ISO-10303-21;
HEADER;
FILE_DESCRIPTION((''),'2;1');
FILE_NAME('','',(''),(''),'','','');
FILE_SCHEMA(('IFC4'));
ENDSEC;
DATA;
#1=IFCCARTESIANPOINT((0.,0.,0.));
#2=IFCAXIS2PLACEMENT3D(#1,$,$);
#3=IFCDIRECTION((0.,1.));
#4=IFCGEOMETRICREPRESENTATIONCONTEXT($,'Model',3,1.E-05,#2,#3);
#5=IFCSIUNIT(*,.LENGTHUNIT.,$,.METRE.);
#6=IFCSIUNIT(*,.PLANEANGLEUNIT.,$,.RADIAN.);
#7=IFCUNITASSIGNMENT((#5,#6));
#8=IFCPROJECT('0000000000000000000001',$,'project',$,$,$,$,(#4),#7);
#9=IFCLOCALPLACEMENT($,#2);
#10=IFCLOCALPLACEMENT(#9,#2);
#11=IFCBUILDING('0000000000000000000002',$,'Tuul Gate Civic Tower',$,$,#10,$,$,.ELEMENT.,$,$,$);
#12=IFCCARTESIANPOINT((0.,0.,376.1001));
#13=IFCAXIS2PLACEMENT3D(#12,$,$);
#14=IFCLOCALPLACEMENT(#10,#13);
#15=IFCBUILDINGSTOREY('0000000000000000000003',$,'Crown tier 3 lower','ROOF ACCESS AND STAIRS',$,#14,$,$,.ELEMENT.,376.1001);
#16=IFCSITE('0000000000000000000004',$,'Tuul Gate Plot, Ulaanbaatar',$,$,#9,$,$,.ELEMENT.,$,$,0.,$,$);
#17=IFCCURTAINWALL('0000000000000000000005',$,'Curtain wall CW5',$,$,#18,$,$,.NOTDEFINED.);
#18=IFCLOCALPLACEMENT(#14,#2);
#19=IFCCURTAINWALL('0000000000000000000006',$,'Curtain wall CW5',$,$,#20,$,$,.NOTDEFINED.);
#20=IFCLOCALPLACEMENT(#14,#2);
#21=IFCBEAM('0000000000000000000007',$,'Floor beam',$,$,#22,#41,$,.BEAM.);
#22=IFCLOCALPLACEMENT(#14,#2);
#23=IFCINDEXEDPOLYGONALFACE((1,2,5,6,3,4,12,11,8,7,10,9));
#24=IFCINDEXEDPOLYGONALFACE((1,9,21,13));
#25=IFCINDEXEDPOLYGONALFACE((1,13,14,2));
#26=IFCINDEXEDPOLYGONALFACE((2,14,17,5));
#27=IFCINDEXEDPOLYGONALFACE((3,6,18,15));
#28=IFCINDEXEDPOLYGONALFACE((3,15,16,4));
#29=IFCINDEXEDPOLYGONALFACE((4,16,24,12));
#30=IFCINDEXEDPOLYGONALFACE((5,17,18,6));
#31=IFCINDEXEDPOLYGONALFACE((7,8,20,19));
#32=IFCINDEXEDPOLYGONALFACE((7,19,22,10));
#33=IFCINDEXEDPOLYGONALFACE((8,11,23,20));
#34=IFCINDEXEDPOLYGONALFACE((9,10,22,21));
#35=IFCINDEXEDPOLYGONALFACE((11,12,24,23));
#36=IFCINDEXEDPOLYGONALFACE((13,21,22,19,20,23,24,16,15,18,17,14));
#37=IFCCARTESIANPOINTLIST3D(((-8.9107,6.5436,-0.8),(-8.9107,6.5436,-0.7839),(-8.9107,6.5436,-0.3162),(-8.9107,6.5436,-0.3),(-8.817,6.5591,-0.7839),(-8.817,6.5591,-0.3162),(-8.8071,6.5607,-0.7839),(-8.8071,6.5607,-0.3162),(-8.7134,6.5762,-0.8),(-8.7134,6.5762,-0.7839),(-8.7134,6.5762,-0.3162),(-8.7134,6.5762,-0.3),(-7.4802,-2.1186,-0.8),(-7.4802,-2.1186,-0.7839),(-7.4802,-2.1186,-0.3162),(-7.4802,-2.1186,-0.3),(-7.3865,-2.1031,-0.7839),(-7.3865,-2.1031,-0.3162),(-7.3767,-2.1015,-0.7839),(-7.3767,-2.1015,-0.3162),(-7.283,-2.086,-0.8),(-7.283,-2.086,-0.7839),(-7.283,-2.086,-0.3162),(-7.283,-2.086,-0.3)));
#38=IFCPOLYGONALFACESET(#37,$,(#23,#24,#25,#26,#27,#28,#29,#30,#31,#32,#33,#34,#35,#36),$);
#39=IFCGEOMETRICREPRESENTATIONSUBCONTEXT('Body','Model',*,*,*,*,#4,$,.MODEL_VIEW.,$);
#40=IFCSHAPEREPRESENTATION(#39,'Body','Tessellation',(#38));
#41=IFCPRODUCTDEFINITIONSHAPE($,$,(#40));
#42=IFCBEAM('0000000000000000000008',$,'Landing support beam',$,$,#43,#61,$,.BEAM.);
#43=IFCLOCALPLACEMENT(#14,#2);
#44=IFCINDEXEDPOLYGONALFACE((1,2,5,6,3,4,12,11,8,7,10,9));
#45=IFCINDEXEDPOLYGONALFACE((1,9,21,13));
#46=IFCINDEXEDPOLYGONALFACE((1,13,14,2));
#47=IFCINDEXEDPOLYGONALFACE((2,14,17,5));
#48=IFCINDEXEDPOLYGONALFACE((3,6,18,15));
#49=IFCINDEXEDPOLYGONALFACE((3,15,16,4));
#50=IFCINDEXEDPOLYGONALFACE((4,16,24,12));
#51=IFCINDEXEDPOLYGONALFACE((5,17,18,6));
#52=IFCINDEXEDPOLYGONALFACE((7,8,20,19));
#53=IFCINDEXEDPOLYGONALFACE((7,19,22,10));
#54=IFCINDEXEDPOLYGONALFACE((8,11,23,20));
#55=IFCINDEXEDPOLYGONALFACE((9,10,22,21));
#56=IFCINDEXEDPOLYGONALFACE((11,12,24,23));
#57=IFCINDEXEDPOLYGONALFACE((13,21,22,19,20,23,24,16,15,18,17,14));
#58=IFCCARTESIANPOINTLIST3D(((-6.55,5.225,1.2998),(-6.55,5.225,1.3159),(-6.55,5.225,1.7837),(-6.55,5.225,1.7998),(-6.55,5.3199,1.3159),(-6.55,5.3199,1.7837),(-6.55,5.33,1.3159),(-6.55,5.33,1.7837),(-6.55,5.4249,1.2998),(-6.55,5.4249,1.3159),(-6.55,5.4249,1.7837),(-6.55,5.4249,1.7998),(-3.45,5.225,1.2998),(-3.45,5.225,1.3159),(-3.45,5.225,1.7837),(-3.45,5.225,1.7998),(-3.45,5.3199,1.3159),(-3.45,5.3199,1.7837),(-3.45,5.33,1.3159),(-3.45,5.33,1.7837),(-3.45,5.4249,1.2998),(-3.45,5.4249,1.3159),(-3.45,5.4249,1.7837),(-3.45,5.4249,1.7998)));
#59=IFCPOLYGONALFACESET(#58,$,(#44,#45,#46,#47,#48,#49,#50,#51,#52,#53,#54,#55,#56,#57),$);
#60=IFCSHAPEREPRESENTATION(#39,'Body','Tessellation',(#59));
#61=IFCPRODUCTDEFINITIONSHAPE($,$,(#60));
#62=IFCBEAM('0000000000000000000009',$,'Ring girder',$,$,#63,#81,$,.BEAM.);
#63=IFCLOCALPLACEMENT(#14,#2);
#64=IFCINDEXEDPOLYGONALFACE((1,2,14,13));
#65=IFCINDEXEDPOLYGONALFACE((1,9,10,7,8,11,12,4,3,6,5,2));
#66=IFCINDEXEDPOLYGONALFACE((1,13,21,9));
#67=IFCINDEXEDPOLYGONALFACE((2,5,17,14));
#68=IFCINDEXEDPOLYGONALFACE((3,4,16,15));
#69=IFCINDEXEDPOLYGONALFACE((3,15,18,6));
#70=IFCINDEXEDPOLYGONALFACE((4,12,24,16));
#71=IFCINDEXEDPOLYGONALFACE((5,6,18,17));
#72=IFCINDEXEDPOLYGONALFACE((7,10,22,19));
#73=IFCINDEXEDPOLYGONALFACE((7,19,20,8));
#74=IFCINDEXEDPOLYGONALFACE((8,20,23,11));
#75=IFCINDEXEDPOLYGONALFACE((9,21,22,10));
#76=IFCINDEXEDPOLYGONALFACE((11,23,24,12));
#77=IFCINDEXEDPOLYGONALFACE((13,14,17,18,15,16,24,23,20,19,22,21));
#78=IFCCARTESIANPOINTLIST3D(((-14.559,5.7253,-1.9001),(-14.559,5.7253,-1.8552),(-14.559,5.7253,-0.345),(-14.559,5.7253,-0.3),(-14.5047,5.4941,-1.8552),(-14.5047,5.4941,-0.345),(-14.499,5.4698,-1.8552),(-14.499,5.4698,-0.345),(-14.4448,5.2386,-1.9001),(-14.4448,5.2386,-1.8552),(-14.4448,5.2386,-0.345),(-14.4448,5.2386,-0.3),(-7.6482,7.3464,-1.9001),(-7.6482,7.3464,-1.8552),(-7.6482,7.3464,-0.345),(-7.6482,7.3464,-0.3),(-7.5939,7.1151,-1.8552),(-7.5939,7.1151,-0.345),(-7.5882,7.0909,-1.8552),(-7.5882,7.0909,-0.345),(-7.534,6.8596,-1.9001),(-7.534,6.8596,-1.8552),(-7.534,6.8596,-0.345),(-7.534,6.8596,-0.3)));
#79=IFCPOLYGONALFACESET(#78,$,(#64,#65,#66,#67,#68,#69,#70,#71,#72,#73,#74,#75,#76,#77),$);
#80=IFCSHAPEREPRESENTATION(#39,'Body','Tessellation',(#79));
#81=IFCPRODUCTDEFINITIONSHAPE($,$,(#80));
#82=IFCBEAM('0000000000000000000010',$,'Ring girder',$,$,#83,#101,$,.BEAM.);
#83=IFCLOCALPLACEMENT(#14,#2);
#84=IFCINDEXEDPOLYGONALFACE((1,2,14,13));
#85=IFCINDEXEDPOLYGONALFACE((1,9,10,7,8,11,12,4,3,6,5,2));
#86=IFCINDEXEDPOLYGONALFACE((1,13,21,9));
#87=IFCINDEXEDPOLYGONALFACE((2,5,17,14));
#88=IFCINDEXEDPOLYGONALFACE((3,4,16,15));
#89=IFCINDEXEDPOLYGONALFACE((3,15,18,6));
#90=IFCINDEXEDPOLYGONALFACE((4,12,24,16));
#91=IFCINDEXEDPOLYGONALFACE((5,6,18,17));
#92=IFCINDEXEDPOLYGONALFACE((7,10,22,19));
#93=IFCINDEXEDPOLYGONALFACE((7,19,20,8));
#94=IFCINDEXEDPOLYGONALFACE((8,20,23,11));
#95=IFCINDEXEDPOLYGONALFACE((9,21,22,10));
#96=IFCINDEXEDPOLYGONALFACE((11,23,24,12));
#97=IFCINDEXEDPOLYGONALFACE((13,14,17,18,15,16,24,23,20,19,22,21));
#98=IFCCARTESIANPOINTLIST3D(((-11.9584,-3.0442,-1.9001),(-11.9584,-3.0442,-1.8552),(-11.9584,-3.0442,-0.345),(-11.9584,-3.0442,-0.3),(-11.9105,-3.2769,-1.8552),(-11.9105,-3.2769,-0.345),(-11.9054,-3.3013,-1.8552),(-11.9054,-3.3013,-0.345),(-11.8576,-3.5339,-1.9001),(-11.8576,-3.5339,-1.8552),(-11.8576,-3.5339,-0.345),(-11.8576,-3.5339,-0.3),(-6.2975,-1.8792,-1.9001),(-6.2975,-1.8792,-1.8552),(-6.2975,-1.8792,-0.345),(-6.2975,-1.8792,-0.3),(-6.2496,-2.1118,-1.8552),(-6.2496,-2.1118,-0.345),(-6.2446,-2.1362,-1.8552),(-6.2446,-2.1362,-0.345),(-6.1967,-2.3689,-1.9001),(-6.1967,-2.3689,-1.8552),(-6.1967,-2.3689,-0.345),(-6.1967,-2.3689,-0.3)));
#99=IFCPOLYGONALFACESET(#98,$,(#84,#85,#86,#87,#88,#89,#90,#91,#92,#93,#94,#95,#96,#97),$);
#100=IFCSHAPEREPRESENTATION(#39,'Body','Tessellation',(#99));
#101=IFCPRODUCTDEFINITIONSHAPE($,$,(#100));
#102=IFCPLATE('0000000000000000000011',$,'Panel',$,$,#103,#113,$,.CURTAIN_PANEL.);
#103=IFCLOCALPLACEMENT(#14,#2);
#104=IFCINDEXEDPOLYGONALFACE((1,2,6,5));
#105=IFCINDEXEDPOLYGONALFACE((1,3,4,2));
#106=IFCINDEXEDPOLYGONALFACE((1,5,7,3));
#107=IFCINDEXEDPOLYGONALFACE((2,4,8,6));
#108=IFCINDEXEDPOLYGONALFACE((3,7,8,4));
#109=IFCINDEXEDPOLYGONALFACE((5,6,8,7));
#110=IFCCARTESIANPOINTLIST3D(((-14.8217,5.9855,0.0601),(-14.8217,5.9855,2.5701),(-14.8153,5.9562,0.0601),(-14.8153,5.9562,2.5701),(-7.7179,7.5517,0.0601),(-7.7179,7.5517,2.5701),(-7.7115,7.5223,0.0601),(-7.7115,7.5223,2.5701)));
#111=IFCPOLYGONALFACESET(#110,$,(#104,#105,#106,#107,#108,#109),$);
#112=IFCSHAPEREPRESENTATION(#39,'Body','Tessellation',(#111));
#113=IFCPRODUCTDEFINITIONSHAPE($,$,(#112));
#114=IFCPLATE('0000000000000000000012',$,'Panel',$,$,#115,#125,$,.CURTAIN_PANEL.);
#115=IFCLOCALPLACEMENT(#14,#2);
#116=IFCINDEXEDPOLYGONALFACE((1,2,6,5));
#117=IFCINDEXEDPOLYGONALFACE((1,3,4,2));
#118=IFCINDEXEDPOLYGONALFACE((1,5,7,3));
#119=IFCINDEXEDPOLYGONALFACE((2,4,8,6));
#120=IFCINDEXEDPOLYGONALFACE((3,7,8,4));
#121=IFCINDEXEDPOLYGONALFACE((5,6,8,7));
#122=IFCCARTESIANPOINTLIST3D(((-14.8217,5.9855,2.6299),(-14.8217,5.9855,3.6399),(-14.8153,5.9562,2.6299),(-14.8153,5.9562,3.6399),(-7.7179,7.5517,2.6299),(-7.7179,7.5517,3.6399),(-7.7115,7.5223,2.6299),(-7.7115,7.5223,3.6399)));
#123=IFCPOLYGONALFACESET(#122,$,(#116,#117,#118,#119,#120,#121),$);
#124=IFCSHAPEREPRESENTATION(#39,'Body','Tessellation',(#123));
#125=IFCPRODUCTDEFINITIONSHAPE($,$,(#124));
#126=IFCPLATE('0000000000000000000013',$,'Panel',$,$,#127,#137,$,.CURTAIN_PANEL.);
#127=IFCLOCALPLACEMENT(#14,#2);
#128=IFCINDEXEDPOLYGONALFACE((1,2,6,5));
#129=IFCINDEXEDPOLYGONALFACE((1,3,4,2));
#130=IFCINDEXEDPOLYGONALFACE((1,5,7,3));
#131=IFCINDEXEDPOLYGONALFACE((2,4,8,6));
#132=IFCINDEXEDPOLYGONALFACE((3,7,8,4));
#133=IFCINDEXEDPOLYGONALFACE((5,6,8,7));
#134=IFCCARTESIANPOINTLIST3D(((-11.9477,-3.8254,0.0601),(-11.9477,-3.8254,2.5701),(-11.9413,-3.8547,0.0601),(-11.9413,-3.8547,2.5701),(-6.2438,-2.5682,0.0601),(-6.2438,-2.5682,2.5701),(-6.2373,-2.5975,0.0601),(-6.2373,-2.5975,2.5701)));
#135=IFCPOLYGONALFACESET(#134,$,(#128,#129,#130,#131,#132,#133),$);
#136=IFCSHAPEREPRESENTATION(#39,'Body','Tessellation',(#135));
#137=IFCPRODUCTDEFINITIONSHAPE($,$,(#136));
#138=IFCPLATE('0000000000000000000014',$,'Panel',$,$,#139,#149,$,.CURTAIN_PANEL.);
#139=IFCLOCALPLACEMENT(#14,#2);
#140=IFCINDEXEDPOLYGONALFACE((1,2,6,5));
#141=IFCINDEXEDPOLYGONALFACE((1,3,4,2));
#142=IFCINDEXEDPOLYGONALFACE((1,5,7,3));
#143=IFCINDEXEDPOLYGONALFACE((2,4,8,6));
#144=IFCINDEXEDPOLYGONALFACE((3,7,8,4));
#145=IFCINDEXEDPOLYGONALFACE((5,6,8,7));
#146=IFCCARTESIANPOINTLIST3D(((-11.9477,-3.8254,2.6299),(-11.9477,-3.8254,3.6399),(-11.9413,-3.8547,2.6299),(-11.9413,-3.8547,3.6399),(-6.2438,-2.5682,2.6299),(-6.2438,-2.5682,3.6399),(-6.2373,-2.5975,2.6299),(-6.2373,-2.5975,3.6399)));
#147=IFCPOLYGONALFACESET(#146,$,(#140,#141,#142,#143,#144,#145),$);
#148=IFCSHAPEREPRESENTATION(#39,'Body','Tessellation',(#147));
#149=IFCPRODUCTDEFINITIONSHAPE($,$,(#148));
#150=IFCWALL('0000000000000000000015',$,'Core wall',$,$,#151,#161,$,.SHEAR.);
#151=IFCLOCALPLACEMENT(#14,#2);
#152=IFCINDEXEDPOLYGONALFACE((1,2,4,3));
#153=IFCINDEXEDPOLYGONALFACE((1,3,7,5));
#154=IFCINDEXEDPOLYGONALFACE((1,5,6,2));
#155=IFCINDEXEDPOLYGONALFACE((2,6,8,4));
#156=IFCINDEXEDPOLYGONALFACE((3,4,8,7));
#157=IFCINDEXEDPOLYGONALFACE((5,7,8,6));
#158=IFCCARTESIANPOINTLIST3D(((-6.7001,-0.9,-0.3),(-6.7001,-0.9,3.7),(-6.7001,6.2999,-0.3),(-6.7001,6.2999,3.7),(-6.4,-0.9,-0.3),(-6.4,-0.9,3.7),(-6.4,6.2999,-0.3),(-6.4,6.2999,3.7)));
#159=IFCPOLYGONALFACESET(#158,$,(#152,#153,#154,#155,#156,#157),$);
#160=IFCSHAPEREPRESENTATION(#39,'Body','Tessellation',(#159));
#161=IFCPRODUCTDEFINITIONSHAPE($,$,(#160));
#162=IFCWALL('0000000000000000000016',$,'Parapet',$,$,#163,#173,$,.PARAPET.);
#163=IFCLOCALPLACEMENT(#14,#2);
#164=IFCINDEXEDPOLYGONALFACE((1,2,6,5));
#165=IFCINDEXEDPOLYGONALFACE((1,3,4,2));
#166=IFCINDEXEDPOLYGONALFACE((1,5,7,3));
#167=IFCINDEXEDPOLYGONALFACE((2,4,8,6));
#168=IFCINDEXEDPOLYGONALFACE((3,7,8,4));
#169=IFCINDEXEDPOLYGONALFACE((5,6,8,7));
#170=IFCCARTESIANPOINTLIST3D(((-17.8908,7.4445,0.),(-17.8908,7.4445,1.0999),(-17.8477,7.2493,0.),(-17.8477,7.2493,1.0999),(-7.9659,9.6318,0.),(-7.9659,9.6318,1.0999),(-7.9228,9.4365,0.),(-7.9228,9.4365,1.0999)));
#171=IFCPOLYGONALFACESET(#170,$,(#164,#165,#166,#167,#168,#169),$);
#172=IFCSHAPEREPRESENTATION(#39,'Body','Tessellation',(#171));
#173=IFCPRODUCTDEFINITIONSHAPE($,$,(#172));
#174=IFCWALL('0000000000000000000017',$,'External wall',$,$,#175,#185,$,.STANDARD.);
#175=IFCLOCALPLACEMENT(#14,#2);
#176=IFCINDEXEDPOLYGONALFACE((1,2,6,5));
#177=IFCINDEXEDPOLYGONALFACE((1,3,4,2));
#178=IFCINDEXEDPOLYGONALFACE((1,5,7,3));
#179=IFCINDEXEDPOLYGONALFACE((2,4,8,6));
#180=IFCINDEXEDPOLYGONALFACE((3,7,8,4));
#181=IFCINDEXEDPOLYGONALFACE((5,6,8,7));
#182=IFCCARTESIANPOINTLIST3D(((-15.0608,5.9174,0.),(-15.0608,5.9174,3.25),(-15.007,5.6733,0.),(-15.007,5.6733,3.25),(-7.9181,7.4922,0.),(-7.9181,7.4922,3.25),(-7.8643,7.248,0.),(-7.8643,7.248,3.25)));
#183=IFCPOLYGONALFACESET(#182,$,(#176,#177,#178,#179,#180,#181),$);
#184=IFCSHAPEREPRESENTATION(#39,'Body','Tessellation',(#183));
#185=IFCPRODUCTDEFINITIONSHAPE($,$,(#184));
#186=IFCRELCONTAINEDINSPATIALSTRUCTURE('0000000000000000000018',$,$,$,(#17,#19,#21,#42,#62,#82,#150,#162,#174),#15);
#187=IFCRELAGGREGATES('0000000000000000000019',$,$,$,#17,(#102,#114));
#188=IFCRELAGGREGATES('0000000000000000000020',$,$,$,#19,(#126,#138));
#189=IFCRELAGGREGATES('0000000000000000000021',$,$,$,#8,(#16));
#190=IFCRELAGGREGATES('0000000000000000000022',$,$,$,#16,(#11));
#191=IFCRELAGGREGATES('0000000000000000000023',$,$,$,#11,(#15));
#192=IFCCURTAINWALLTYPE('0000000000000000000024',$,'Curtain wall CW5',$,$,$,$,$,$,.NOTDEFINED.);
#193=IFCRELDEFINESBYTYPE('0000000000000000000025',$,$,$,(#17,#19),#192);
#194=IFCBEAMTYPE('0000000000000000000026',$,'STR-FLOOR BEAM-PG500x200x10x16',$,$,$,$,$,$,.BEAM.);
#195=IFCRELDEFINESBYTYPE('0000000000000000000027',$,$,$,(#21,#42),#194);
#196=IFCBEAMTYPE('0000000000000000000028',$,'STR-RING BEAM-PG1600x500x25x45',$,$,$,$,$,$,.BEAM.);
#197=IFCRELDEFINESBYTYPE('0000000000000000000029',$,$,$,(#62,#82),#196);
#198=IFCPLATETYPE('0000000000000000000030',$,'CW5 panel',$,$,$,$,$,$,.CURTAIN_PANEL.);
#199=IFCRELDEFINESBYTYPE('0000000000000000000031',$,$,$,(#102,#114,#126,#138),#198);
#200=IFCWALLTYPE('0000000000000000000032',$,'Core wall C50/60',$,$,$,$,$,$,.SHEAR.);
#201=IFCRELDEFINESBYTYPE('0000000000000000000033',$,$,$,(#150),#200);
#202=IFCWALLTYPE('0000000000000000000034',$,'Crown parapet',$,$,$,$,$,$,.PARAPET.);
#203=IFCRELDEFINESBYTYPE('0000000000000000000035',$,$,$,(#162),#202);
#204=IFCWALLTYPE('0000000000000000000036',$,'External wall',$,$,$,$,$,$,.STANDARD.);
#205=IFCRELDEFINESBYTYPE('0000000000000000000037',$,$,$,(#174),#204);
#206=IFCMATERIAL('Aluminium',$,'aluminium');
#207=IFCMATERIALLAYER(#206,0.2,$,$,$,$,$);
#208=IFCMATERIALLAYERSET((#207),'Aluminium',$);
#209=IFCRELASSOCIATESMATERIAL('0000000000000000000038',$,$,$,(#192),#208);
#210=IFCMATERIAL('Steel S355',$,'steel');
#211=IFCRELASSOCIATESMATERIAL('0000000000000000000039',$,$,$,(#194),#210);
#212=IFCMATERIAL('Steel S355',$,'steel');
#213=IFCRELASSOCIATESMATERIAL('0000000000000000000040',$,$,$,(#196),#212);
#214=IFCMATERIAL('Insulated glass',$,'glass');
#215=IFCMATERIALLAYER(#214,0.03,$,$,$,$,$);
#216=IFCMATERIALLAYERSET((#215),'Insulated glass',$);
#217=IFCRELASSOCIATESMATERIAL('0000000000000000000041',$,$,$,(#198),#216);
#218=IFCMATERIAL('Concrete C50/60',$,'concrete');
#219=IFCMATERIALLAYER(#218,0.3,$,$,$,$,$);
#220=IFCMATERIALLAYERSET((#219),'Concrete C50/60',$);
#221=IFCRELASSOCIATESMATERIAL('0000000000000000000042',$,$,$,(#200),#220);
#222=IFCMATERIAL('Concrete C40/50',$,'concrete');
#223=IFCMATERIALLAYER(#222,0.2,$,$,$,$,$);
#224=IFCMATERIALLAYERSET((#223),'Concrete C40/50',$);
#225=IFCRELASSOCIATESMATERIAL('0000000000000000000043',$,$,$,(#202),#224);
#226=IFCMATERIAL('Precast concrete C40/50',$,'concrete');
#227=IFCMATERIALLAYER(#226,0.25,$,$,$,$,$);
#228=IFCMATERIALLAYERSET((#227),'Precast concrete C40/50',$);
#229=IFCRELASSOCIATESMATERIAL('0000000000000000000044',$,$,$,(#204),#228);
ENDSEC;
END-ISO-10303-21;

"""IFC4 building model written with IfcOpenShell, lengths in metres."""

from ifc_helpers import new_model, si_unit, direction, frame, frame_2d, origin, origin_2d, place, context, subcontext, project, spatial, rectangle, i_section, extrude, material, layer, layer_set, material_profile, profile_set, type_object, element, aggregate, save


model = new_model("IFC4")

# Units and contexts
model_context = context("Model", 3, precision=1e-05, world=origin(), true_north=direction((0.0, 1.0)))
body_context = subcontext(model_context, "Body", "Model", "MODEL_VIEW")
ifc_project = project(units=[si_unit("LENGTHUNIT", "METRE"), si_unit("PLANEANGLEUNIT", "RADIAN")], contexts=[model_context])

# Site, building, storey
site_placement = place(None, origin())
site = spatial("IfcSite", under=ifc_project, at=site_placement, Name="Tuul Gate Plot, Ulaanbaatar", CompositionType="ELEMENT", RefElevation=0.0)
building_placement = place(site_placement, origin())
building = spatial("IfcBuilding", under=site, at=building_placement, Name="Tuul Gate Civic Tower", CompositionType="ELEMENT")
storey_placement = place(building_placement, frame((0.0, 0.0, 376.1001)))
storey = spatial("IfcBuildingStorey", under=building, at=storey_placement, Name="Crown tier 3 lower", Description="ROOF ACCESS AND STAIRS", CompositionType="ELEMENT", Elevation=376.1001)

# Curtain walls
ifc_material_1 = material(Name="Aluminium", Category="aluminium")
ifc_layer_1 = layer(ifc_material_1, 0.2)
ifc_layer_set_1 = layer_set([ifc_layer_1], Name="Aluminium")
curtain_wall_type = type_object("IfcCurtainWallType", Name="Curtain wall CW5", PredefinedType="NOTDEFINED", material=ifc_layer_set_1)
curtain_wall_1_placement = place(storey_placement, origin())
curtain_wall_1 = element("IfcCurtainWall", 1, at=curtain_wall_1_placement, inside=storey, type_object=curtain_wall_type, Name="Curtain wall CW5", PredefinedType="NOTDEFINED")
curtain_wall_2_placement = place(storey_placement, origin())
curtain_wall_2 = element("IfcCurtainWall", 2, at=curtain_wall_2_placement, inside=storey, type_object=curtain_wall_type, Name="Curtain wall CW5", PredefinedType="NOTDEFINED")

# Beams
ifc_material_2 = material(Name="Steel S355", Category="steel")
ifc_material_profile_1 = material_profile(ifc_material_2, i_section(OverallWidth=0.2, OverallDepth=0.5, WebThickness=0.01, FlangeThickness=0.0161, at=origin_2d()), Name="PG500x200x10x16")
ifc_profile_set_1 = profile_set([ifc_material_profile_1], Name="Steel S355")
beam_type_1 = type_object("IfcBeamType", Name="STR-FLOOR BEAM-PG500x200x10x16", PredefinedType="BEAM", material=ifc_profile_set_1)
beam_1_placement = place(storey_placement, frame((-7.3816, -2.1023, -0.55), z_axis=(-0.162929, 0.986638, 0.0), x_axis=(-0.986638, -0.162929, 0.0)))
element("IfcBeam", 3, at=beam_1_placement, inside=storey, type_object=beam_type_1, Name="Floor beam", PredefinedType="BEAM", context=body_context, shape_type="SweptSolid", body=[
    extrude(i_section(OverallWidth=0.2, OverallDepth=0.5, WebThickness=0.01, FlangeThickness=0.0161, at=origin_2d()), origin(), (0.0, 0.0, 1.0), 8.7795),
])
beam_2_placement = place(storey_placement, frame((-6.55, 5.325, 1.5498), z_axis=(1.0, 0.0, 0.0), x_axis=(0.0, 1.0, 0.0)))
element("IfcBeam", 4, at=beam_2_placement, inside=storey, type_object=beam_type_1, Name="Landing support beam", PredefinedType="BEAM", context=body_context, shape_type="SweptSolid", body=[
    extrude(i_section(OverallWidth=0.2, OverallDepth=0.5, WebThickness=0.01, FlangeThickness=0.0161, at=origin_2d()), origin(), (0.0, 0.0, 1.0), 3.1001),
])
ifc_material_3 = material(Name="Steel S355", Category="steel")
ifc_material_profile_2 = material_profile(ifc_material_3, i_section(OverallWidth=0.5, OverallDepth=1.6001, WebThickness=0.0249, FlangeThickness=0.0449, at=origin_2d()), Name="PG1600x500x25x45")
ifc_profile_set_2 = profile_set([ifc_material_profile_2], Name="Steel S355")
beam_type_2 = type_object("IfcBeamType", Name="STR-RING BEAM-PG1600x500x25x45", PredefinedType="BEAM", material=ifc_profile_set_2)
beam_3_placement = place(storey_placement, frame((-7.5911, 7.103, -1.1001), z_axis=(-0.973574, -0.228372, 0.0), x_axis=(0.228372, -0.973574, 0.0)))
element("IfcBeam", 5, at=beam_3_placement, inside=storey, type_object=beam_type_2, Name="Ring girder", PredefinedType="BEAM", context=body_context, shape_type="SweptSolid", body=[
    extrude(i_section(OverallWidth=0.5, OverallDepth=1.6001, WebThickness=0.0249, FlangeThickness=0.0449, at=origin_2d()), origin(), (0.0, 0.0, 1.0), 7.0984),
])
beam_4_placement = place(storey_placement, frame((-11.908, -3.2891, -1.1001), z_axis=(0.979472, 0.20158, 0.0), x_axis=(-0.20158, 0.979472, 0.0)))
element("IfcBeam", 6, at=beam_4_placement, inside=storey, type_object=beam_type_2, Name="Ring girder", PredefinedType="BEAM", context=body_context, shape_type="SweptSolid", body=[
    extrude(i_section(OverallWidth=0.5, OverallDepth=1.6001, WebThickness=0.0249, FlangeThickness=0.0449, at=origin_2d()), origin(), (0.0, 0.0, 1.0), 5.7795),
])

# Plates
ifc_material_4 = material(Name="Insulated glass", Category="glass")
ifc_layer_2 = layer(ifc_material_4, 0.03)
ifc_layer_set_2 = layer_set([ifc_layer_2], Name="Insulated glass")
plate_type = type_object("IfcPlateType", Name="CW5 panel", PredefinedType="CURTAIN_PANEL", material=ifc_layer_set_2)
plate_1_placement = place(storey_placement, frame((-11.2666, 6.7539, 0.0601), z_axis=(0.0, 0.0, 1.0), x_axis=(-0.976548, -0.215298, 0.0)))
plate_1 = element("IfcPlate", 7, at=plate_1_placement, type_object=plate_type, Name="Panel", PredefinedType="CURTAIN_PANEL", context=body_context, shape_type="SweptSolid", body=[
    extrude(rectangle(XDim=7.2744, YDim=0.03, at=origin_2d()), origin(), (0.0, 0.0, 1.0), 2.51),
])
plate_2_placement = place(storey_placement, frame((-11.2666, 6.7539, 2.6299), z_axis=(0.0, 0.0, 1.0), x_axis=(-0.976548, -0.215298, 0.0)))
plate_2 = element("IfcPlate", 8, at=plate_2_placement, type_object=plate_type, Name="Panel", PredefinedType="CURTAIN_PANEL", context=body_context, shape_type="SweptSolid", body=[
    extrude(rectangle(XDim=7.2744, YDim=0.03, at=origin_2d()), origin(), (0.0, 0.0, 1.0), 1.01),
])
aggregate(curtain_wall_1, [plate_1, plate_2])
plate_3_placement = place(storey_placement, frame((-9.0925, -3.2114, 0.0601), z_axis=(0.0, 0.0, 1.0), x_axis=(0.976561, 0.215243, 0.0)))
plate_3 = element("IfcPlate", 9, at=plate_3_placement, type_object=plate_type, Name="Panel", PredefinedType="CURTAIN_PANEL", context=body_context, shape_type="SweptSolid", body=[
    extrude(rectangle(XDim=5.8408, YDim=0.03, at=origin_2d()), origin(), (0.0, 0.0, 1.0), 2.51),
])
plate_4_placement = place(storey_placement, frame((-9.0925, -3.2114, 2.6299), z_axis=(0.0, 0.0, 1.0), x_axis=(0.976561, 0.215243, 0.0)))
plate_4 = element("IfcPlate", 10, at=plate_4_placement, type_object=plate_type, Name="Panel", PredefinedType="CURTAIN_PANEL", context=body_context, shape_type="SweptSolid", body=[
    extrude(rectangle(XDim=5.8408, YDim=0.03, at=origin_2d()), origin(), (0.0, 0.0, 1.0), 1.01),
])
aggregate(curtain_wall_2, [plate_3, plate_4])

# Walls
ifc_material_5 = material(Name="Concrete C50/60", Category="concrete")
ifc_layer_3 = layer(ifc_material_5, 0.3)
ifc_layer_set_3 = layer_set([ifc_layer_3], Name="Concrete C50/60")
wall_type_1 = type_object("IfcWallType", Name="Core wall C50/60", PredefinedType="SHEAR", material=ifc_layer_set_3)
wall_1_placement = place(storey_placement, frame((-6.55, 6.3, -0.3), z_axis=(0.0, 0.0, 1.0), x_axis=(0.0, -1.0, 0.0)))
element("IfcWall", 11, at=wall_1_placement, inside=storey, type_object=wall_type_1, Name="Core wall", PredefinedType="SHEAR", context=body_context, shape_type="SweptSolid", body=[
    extrude(rectangle(XDim=7.2, YDim=0.3, at=frame_2d((3.6001, 0.0))), origin(), (0.0, 0.0, 1.0), 4.0),
])
ifc_material_6 = material(Name="Concrete C40/50", Category="concrete")
ifc_layer_4 = layer(ifc_material_6, 0.2)
ifc_layer_set_4 = layer_set([ifc_layer_4], Name="Concrete C40/50")
wall_type_2 = type_object("IfcWallType", Name="Crown parapet", PredefinedType="PARAPET", material=ifc_layer_set_4)
wall_2_placement = place(storey_placement, frame((-7.9443, 9.5342, 0.0), z_axis=(0.0, 0.0, 1.0), x_axis=(-0.976566, -0.215218, 0.0)))
element("IfcWall", 12, at=wall_2_placement, inside=storey, type_object=wall_type_2, Name="Parapet", PredefinedType="PARAPET", context=body_context, shape_type="SweptSolid", body=[
    extrude(rectangle(XDim=10.1631, YDim=0.2, at=frame_2d((5.0815, 0.0))), origin(), (0.0, 0.0, 1.0), 1.0999),
])
ifc_material_7 = material(Name="Precast concrete C40/50", Category="concrete")
ifc_layer_5 = layer(ifc_material_7, 0.25)
ifc_layer_set_5 = layer_set([ifc_layer_5], Name="Precast concrete C40/50")
wall_type_3 = type_object("IfcWallType", Name="External wall", PredefinedType="STANDARD", material=ifc_layer_set_5)
wall_3_placement = place(storey_placement, frame((-7.8911, 7.3701, 0.0), z_axis=(0.0, 0.0, 1.0), x_axis=(-0.976549, -0.215297, 0.0)))
element("IfcWall", 13, at=wall_3_placement, inside=storey, type_object=wall_type_3, Name="External wall", PredefinedType="STANDARD", context=body_context, shape_type="SweptSolid", body=[
    extrude(rectangle(XDim=7.3142, YDim=0.25, at=frame_2d((3.6572, 0.0))), origin(), (0.0, 0.0, 1.0), 3.25),
])

save(model, "model.ifc")
